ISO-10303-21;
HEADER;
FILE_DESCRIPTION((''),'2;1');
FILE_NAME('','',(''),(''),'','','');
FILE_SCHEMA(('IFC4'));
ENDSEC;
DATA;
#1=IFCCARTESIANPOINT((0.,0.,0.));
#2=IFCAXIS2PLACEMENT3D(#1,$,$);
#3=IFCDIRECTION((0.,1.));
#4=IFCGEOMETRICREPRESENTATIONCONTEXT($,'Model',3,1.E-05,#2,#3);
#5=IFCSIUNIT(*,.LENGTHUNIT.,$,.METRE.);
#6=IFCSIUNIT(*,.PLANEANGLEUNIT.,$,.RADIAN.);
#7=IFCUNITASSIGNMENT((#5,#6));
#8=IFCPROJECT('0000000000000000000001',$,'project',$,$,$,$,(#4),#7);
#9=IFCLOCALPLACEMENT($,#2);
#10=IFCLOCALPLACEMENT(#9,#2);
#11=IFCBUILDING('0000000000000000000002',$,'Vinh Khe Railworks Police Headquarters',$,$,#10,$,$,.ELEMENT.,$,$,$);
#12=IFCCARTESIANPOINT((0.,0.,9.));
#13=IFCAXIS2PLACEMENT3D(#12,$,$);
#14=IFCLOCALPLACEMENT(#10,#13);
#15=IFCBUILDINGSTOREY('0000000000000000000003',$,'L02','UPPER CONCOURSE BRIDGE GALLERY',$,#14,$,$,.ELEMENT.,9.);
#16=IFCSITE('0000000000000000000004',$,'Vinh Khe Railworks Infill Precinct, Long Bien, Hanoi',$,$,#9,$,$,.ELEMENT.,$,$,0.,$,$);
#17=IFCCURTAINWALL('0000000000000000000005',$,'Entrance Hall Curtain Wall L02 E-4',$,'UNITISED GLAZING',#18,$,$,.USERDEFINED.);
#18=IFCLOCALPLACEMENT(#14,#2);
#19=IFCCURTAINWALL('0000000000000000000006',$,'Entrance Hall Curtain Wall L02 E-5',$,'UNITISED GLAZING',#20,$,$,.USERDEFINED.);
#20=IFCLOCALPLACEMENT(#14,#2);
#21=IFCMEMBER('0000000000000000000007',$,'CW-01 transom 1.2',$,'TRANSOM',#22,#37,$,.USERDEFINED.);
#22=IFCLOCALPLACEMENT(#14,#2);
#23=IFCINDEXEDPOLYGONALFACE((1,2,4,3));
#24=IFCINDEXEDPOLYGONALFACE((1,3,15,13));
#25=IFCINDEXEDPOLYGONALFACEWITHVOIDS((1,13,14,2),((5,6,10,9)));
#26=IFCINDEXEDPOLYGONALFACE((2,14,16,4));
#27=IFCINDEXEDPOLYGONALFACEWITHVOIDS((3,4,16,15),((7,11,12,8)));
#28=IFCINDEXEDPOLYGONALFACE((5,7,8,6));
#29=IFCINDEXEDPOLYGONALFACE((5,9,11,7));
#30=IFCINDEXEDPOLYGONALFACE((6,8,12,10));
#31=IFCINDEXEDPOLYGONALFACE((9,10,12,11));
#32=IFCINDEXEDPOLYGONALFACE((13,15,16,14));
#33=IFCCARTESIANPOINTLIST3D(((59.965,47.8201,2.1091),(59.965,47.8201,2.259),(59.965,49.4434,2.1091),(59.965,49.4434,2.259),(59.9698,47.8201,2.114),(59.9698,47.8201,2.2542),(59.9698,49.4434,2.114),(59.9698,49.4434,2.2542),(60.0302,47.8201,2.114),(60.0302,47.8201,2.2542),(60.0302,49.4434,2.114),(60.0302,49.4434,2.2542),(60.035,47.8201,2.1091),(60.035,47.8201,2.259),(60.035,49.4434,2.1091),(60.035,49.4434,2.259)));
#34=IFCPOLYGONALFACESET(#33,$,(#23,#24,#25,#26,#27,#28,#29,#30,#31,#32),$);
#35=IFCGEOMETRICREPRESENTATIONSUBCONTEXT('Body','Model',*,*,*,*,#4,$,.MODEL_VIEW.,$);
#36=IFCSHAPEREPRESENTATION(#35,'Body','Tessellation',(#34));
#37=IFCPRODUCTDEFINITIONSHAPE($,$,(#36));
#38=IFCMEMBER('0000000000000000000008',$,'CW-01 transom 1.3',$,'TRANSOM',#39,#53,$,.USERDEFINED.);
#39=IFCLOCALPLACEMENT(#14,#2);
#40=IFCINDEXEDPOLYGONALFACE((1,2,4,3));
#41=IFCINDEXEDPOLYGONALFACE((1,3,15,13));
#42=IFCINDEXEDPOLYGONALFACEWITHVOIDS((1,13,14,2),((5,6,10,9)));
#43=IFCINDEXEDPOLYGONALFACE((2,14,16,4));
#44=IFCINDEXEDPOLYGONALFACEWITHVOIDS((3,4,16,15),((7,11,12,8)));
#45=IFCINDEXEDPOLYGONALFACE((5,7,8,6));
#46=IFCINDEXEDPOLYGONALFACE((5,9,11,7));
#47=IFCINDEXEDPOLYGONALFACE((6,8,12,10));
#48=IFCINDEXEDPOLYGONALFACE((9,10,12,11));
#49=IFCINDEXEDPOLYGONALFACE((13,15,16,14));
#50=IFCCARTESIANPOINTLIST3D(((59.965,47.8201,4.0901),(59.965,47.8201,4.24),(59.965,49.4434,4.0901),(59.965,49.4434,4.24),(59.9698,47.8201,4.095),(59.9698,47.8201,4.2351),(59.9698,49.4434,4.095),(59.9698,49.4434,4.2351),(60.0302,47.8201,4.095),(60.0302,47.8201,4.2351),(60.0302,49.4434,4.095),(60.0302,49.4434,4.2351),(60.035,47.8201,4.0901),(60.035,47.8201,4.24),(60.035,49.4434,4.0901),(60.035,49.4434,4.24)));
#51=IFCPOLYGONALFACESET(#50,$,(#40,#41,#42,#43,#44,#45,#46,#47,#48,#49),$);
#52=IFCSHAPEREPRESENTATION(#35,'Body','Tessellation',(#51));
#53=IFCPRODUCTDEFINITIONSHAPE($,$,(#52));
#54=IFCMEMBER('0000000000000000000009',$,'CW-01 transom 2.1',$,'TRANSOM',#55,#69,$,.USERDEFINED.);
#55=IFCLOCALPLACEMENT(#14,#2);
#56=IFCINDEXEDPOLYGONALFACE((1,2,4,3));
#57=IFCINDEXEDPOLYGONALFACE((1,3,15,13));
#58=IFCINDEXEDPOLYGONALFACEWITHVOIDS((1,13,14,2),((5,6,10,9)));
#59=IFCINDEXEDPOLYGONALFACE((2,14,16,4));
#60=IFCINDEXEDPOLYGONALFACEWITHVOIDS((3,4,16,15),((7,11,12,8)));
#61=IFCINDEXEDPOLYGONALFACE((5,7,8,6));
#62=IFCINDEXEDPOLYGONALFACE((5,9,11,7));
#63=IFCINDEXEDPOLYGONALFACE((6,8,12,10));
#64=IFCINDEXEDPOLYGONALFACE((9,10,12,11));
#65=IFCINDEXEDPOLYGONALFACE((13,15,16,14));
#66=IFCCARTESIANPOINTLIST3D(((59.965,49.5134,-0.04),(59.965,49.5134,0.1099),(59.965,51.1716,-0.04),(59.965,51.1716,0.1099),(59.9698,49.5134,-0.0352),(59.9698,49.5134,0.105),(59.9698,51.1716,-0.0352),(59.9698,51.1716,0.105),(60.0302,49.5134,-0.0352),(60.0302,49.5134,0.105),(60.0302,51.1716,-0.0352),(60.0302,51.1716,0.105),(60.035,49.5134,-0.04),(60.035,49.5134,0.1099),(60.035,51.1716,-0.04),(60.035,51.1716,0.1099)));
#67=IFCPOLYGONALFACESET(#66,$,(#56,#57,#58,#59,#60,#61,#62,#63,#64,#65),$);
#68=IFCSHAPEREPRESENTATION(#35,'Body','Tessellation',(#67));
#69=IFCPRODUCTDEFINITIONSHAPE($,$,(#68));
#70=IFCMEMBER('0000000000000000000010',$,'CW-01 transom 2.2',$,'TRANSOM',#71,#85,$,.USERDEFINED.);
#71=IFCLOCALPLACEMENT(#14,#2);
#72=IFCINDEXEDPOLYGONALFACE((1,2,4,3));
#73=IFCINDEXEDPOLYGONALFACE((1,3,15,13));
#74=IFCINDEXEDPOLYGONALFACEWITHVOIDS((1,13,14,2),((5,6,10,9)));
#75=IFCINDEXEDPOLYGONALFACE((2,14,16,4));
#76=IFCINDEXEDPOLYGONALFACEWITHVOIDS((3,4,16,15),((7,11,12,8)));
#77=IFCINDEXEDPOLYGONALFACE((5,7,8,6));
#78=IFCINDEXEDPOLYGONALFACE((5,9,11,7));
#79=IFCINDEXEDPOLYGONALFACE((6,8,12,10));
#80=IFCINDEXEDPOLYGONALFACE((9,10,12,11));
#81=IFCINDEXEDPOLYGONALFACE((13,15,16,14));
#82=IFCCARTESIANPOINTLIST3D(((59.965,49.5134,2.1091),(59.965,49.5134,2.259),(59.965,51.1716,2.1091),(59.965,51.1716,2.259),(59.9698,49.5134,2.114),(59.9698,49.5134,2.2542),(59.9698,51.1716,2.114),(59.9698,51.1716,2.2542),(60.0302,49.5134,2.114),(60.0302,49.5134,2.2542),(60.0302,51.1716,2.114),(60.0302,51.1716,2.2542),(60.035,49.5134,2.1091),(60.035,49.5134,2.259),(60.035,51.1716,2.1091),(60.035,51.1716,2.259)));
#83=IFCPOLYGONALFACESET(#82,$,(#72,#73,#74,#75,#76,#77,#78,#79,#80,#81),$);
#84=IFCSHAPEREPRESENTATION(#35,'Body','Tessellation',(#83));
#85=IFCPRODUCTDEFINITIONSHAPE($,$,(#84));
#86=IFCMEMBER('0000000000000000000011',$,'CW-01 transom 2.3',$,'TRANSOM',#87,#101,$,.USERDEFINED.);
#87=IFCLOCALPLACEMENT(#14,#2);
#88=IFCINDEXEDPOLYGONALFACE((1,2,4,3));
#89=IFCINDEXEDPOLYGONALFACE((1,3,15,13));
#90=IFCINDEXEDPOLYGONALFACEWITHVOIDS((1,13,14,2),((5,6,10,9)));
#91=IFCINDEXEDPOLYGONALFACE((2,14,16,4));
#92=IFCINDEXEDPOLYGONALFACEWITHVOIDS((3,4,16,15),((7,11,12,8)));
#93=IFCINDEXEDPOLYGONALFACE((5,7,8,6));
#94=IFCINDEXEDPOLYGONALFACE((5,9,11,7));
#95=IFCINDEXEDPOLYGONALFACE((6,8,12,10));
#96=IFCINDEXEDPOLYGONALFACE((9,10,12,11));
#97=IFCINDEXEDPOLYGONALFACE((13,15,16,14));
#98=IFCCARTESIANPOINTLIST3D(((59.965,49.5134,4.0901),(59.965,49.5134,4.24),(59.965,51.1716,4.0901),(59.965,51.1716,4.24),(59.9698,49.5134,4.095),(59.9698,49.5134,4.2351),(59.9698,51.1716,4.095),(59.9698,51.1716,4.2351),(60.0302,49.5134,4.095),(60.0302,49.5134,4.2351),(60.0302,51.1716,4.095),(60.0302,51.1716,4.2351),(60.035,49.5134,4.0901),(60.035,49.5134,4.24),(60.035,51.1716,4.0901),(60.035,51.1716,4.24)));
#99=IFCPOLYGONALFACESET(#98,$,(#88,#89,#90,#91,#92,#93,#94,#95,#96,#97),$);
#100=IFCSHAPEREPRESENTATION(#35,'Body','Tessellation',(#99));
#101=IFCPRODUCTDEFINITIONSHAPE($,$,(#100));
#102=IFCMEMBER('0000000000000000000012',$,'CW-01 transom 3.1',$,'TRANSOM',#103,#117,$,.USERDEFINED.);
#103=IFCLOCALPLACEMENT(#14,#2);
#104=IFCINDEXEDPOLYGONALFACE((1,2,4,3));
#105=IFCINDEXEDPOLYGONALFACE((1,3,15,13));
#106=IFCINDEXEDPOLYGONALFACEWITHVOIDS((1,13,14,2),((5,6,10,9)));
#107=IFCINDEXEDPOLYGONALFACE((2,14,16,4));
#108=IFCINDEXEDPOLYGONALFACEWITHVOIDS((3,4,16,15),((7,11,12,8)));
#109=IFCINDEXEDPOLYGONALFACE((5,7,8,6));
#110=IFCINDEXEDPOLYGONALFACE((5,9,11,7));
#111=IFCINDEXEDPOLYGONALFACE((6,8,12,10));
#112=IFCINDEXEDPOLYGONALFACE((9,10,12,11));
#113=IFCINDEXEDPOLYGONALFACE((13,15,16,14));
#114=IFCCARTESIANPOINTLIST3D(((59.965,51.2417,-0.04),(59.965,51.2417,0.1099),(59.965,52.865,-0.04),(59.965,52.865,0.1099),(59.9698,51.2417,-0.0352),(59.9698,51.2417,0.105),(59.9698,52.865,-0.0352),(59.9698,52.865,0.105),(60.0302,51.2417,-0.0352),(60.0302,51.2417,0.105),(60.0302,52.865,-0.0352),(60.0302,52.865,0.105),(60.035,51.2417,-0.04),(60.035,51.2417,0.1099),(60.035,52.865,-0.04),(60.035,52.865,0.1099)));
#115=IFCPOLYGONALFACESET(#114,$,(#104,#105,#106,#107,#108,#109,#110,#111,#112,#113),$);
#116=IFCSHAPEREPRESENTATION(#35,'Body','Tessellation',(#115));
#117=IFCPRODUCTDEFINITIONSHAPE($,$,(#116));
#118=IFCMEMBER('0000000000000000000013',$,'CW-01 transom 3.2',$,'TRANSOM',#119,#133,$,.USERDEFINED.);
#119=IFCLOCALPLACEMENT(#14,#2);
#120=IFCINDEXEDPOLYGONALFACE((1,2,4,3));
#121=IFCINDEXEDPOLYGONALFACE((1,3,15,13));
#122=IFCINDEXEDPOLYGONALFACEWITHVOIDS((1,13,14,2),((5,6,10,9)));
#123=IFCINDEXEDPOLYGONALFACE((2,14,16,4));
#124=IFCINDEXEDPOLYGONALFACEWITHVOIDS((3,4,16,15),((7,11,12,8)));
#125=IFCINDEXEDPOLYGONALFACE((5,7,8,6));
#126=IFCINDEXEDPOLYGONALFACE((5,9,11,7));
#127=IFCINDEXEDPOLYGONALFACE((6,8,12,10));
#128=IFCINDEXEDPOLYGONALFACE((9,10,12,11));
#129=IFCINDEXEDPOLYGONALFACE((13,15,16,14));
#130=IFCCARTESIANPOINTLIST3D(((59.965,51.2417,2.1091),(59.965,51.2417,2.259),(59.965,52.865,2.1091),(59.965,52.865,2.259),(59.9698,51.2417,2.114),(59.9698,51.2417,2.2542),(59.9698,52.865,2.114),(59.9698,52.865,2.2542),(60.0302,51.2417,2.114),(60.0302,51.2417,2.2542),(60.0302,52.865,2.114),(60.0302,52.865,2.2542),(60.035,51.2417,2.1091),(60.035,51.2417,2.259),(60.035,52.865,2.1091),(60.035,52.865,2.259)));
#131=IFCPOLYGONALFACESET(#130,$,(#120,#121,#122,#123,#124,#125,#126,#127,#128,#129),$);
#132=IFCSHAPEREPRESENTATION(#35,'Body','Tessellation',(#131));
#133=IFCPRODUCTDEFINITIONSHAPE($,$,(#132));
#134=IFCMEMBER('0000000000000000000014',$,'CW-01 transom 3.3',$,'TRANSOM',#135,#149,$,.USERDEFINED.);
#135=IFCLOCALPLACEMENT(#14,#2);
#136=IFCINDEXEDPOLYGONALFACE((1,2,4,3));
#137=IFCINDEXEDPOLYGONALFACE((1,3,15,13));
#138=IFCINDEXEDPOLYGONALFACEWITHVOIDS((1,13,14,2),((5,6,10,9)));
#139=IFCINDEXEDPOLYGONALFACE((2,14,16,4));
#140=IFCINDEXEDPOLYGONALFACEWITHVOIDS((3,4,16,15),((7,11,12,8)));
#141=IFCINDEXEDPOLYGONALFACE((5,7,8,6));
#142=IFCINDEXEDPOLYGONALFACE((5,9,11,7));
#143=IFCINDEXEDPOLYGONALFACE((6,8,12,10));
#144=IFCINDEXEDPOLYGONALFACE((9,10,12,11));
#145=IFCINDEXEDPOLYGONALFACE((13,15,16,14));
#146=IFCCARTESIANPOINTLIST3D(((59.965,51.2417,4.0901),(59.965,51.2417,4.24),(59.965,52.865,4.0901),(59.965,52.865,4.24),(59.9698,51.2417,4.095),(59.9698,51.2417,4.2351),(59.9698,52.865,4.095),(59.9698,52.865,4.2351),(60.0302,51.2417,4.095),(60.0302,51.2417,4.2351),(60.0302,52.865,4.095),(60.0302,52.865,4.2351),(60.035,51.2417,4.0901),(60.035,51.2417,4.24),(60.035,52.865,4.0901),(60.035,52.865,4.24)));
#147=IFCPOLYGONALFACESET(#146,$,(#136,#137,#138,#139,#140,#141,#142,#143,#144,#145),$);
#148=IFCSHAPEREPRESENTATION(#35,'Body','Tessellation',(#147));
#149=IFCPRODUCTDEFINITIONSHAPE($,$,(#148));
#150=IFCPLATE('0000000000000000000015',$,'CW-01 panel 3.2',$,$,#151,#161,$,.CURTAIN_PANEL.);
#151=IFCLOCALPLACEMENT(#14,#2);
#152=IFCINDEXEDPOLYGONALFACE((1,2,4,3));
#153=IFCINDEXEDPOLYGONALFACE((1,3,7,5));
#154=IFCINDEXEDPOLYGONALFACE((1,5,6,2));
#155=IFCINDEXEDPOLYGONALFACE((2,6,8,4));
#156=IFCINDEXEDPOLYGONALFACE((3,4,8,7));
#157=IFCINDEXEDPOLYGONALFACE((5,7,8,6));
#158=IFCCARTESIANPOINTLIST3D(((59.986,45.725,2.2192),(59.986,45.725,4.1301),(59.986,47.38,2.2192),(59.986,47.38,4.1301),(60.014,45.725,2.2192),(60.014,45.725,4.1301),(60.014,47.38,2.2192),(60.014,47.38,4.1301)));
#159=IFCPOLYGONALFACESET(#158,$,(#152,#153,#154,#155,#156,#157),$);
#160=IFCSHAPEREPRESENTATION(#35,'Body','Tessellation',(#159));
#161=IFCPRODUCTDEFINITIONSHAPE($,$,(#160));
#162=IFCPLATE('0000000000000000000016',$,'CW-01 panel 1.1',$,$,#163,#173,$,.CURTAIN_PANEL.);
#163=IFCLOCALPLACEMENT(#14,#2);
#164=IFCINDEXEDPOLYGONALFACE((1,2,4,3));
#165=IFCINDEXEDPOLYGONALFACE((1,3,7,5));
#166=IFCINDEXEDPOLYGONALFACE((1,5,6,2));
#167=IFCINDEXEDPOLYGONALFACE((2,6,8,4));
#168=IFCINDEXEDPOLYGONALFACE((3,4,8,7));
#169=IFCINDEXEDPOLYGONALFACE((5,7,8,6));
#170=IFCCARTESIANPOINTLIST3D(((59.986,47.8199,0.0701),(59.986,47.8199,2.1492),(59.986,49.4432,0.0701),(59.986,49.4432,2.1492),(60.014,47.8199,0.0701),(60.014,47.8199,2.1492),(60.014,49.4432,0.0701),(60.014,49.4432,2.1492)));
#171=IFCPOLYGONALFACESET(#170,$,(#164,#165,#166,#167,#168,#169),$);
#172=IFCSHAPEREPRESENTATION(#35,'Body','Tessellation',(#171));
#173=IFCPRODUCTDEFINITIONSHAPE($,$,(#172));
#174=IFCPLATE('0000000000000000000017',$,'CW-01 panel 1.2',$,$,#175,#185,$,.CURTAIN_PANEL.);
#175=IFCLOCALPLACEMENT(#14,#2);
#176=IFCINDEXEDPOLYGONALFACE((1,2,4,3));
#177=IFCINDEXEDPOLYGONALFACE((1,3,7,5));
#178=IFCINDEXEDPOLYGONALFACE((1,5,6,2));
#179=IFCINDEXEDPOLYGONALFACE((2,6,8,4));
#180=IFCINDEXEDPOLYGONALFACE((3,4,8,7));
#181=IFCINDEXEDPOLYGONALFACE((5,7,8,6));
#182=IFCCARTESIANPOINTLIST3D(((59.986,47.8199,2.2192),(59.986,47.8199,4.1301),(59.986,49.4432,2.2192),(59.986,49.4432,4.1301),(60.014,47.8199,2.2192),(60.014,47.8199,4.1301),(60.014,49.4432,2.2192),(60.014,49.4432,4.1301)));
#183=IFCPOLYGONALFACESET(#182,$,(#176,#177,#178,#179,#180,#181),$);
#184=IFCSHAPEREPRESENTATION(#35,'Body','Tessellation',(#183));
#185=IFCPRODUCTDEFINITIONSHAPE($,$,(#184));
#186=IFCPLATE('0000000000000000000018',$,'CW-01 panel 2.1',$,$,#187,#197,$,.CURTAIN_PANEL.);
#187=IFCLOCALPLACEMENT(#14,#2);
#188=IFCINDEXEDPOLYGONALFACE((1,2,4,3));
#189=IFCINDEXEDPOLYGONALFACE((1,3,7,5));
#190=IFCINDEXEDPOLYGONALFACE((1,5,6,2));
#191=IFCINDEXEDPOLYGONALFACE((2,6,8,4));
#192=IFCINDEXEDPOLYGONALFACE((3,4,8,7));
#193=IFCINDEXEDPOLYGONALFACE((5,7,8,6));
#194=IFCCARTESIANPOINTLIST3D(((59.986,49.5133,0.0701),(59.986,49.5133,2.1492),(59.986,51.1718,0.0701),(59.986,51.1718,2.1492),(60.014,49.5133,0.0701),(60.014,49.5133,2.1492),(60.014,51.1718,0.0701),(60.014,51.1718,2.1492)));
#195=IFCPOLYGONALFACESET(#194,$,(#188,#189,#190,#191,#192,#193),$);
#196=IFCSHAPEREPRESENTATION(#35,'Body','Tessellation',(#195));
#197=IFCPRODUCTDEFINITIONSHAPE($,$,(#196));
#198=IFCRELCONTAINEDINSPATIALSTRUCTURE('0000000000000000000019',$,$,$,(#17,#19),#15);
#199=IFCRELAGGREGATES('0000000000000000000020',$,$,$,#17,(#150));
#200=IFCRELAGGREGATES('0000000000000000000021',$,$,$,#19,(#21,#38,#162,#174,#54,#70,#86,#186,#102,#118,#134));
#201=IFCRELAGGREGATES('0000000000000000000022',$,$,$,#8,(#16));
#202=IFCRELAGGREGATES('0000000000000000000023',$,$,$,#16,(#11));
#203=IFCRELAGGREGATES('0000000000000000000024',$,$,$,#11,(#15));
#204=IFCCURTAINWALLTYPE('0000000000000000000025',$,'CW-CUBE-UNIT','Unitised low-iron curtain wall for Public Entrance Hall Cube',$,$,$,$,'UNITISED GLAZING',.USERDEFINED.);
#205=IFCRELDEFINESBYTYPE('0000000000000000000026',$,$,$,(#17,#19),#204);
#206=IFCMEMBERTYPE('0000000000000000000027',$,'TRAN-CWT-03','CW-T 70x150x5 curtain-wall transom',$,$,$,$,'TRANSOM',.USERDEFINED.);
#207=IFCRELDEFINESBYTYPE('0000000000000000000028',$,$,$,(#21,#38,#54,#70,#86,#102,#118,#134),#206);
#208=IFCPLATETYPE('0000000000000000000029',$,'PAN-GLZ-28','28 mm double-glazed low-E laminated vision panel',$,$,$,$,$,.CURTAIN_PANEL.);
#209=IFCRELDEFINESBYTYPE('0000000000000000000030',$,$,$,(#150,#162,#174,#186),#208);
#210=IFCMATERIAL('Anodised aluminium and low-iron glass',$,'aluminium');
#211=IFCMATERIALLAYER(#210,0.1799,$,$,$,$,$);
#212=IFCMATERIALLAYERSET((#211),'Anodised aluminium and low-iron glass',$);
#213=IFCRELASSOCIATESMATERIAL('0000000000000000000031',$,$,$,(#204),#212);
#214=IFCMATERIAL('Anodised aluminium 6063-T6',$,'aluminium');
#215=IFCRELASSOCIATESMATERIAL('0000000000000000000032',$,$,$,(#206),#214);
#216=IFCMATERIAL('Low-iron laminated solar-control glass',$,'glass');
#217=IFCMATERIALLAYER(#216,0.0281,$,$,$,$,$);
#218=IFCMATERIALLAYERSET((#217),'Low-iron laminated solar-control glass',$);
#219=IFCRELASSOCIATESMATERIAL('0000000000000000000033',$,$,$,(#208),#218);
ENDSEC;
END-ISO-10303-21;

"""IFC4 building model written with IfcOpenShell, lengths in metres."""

from ifc_helpers import new_model, si_unit, direction, frame, origin, origin_2d, place, context, subcontext, project, spatial, rectangle, hollow_rectangle, extrude, material, layer, layer_set, material_profile, profile_set, type_object, element, aggregate, save


model = new_model("IFC4")

# Units and contexts
model_context = context("Model", 3, precision=1e-05, world=origin(), true_north=direction((0.0, 1.0)))
body_context = subcontext(model_context, "Body", "Model", "MODEL_VIEW")
ifc_project = project(units=[si_unit("LENGTHUNIT", "METRE"), si_unit("PLANEANGLEUNIT", "RADIAN")], contexts=[model_context])

# Site, building, storey
site_placement = place(None, origin())
site = spatial("IfcSite", under=ifc_project, at=site_placement, Name="Vinh Khe Railworks Infill Precinct, Long Bien, Hanoi", CompositionType="ELEMENT", RefElevation=0.0)
building_placement = place(site_placement, origin())
building = spatial("IfcBuilding", under=site, at=building_placement, Name="Vinh Khe Railworks Police Headquarters", CompositionType="ELEMENT")
storey_placement = place(building_placement, frame((0.0, 0.0, 9.0)))
storey = spatial("IfcBuildingStorey", under=building, at=storey_placement, Name="L02", Description="UPPER CONCOURSE BRIDGE GALLERY", CompositionType="ELEMENT", Elevation=9.0)

# Curtain wall
ifc_material_1 = material(Name="Anodised aluminium and low-iron glass", Category="aluminium")
ifc_layer_1 = layer(ifc_material_1, 0.1799)
ifc_layer_set_1 = layer_set([ifc_layer_1], Name="Anodised aluminium and low-iron glass")
curtain_wall_type = type_object("IfcCurtainWallType", Name="CW-CUBE-UNIT", Description="Unitised low-iron curtain wall for Public Entrance Hall Cube", ElementType="UNITISED GLAZING", PredefinedType="USERDEFINED", material=ifc_layer_set_1)
curtain_wall_1_placement = place(storey_placement, origin())
curtain_wall_1 = element("IfcCurtainWall", 1, at=curtain_wall_1_placement, inside=storey, type_object=curtain_wall_type, Name="Entrance Hall Curtain Wall L02 E-4", ObjectType="UNITISED GLAZING", PredefinedType="USERDEFINED")
ifc_material_2 = material(Name="Anodised aluminium 6063-T6", Category="aluminium")

# Curtain wall
curtain_wall_2_placement = place(storey_placement, origin())
curtain_wall_2 = element("IfcCurtainWall", 2, at=curtain_wall_2_placement, inside=storey, type_object=curtain_wall_type, Name="Entrance Hall Curtain Wall L02 E-5", ObjectType="UNITISED GLAZING", PredefinedType="USERDEFINED")

# Members
ifc_material_profile_1 = material_profile(ifc_material_2, hollow_rectangle(XDim=0.0701, YDim=0.1499, WallThickness=0.0049, at=origin_2d()), Name="CW-T 70x150x5")
ifc_profile_set_1 = profile_set([ifc_material_profile_1], Name="Anodised aluminium 6063-T6")
member_type_1 = type_object("IfcMemberType", Name="TRAN-CWT-03", Description="CW-T 70x150x5 curtain-wall transom", ElementType="TRANSOM", PredefinedType="USERDEFINED", material=ifc_profile_set_1)
member_1_placement = place(storey_placement, frame((60.0, 47.8201, 2.1841), z_axis=(0.0, 1.0, 0.0), x_axis=(-1.0, 0.0, 0.0)))
member_1 = element("IfcMember", 3, at=member_1_placement, type_object=member_type_1, Name="CW-01 transom 1.2", ObjectType="TRANSOM", PredefinedType="USERDEFINED", context=body_context, shape_type="SweptSolid", body=[
    extrude(hollow_rectangle(XDim=0.0701, YDim=0.1499, WallThickness=0.0049, at=origin_2d()), origin(), (0.0, 0.0, 1.0), 1.6233),
])
member_2_placement = place(storey_placement, frame((60.0, 47.8201, 4.165), z_axis=(0.0, 1.0, 0.0), x_axis=(-1.0, 0.0, 0.0)))
member_2 = element("IfcMember", 4, at=member_2_placement, type_object=member_type_1, Name="CW-01 transom 1.3", ObjectType="TRANSOM", PredefinedType="USERDEFINED", context=body_context, shape_type="SweptSolid", body=[
    extrude(hollow_rectangle(XDim=0.0701, YDim=0.1499, WallThickness=0.0049, at=origin_2d()), origin(), (0.0, 0.0, 1.0), 1.6233),
])
member_3_placement = place(storey_placement, frame((60.0, 49.5134, 0.0349), z_axis=(0.0, 1.0, 0.0), x_axis=(-1.0, 0.0, 0.0)))
member_3 = element("IfcMember", 5, at=member_3_placement, type_object=member_type_1, Name="CW-01 transom 2.1", ObjectType="TRANSOM", PredefinedType="USERDEFINED", context=body_context, shape_type="SweptSolid", body=[
    extrude(hollow_rectangle(XDim=0.0701, YDim=0.1499, WallThickness=0.0049, at=origin_2d()), origin(), (0.0, 0.0, 1.0), 1.6582),
])
member_4_placement = place(storey_placement, frame((60.0, 49.5134, 2.1841), z_axis=(0.0, 1.0, 0.0), x_axis=(-1.0, 0.0, 0.0)))
member_4 = element("IfcMember", 6, at=member_4_placement, type_object=member_type_1, Name="CW-01 transom 2.2", ObjectType="TRANSOM", PredefinedType="USERDEFINED", context=body_context, shape_type="SweptSolid", body=[
    extrude(hollow_rectangle(XDim=0.0701, YDim=0.1499, WallThickness=0.0049, at=origin_2d()), origin(), (0.0, 0.0, 1.0), 1.6582),
])
member_5_placement = place(storey_placement, frame((60.0, 49.5134, 4.165), z_axis=(0.0, 1.0, 0.0), x_axis=(-1.0, 0.0, 0.0)))
member_5 = element("IfcMember", 7, at=member_5_placement, type_object=member_type_1, Name="CW-01 transom 2.3", ObjectType="TRANSOM", PredefinedType="USERDEFINED", context=body_context, shape_type="SweptSolid", body=[
    extrude(hollow_rectangle(XDim=0.0701, YDim=0.1499, WallThickness=0.0049, at=origin_2d()), origin(), (0.0, 0.0, 1.0), 1.6582),
])
member_6_placement = place(storey_placement, frame((60.0, 51.2417, 0.0349), z_axis=(0.0, 1.0, 0.0), x_axis=(-1.0, 0.0, 0.0)))
member_6 = element("IfcMember", 8, at=member_6_placement, type_object=member_type_1, Name="CW-01 transom 3.1", ObjectType="TRANSOM", PredefinedType="USERDEFINED", context=body_context, shape_type="SweptSolid", body=[
    extrude(hollow_rectangle(XDim=0.0701, YDim=0.1499, WallThickness=0.0049, at=origin_2d()), origin(), (0.0, 0.0, 1.0), 1.6233),
])
member_7_placement = place(storey_placement, frame((60.0, 51.2417, 2.1841), z_axis=(0.0, 1.0, 0.0), x_axis=(-1.0, 0.0, 0.0)))
member_7 = element("IfcMember", 9, at=member_7_placement, type_object=member_type_1, Name="CW-01 transom 3.2", ObjectType="TRANSOM", PredefinedType="USERDEFINED", context=body_context, shape_type="SweptSolid", body=[
    extrude(hollow_rectangle(XDim=0.0701, YDim=0.1499, WallThickness=0.0049, at=origin_2d()), origin(), (0.0, 0.0, 1.0), 1.6233),
])
member_8_placement = place(storey_placement, frame((60.0, 51.2417, 4.165), z_axis=(0.0, 1.0, 0.0), x_axis=(-1.0, 0.0, 0.0)))
member_8 = element("IfcMember", 10, at=member_8_placement, type_object=member_type_1, Name="CW-01 transom 3.3", ObjectType="TRANSOM", PredefinedType="USERDEFINED", context=body_context, shape_type="SweptSolid", body=[
    extrude(hollow_rectangle(XDim=0.0701, YDim=0.1499, WallThickness=0.0049, at=origin_2d()), origin(), (0.0, 0.0, 1.0), 1.6233),
])

# Plates
ifc_material_3 = material(Name="Low-iron laminated solar-control glass", Category="glass")
ifc_layer_2 = layer(ifc_material_3, 0.0281)
ifc_layer_set_2 = layer_set([ifc_layer_2], Name="Low-iron laminated solar-control glass")
plate_type = type_object("IfcPlateType", Name="PAN-GLZ-28", Description="28 mm double-glazed low-E laminated vision panel", PredefinedType="CURTAIN_PANEL", material=ifc_layer_set_2)
plate_1_placement = place(storey_placement, frame((60.0, 46.5525, 2.2192), z_axis=(0.0, 0.0, 1.0), x_axis=(0.0, 1.0, 0.0)))
plate_1 = element("IfcPlate", 11, at=plate_1_placement, type_object=plate_type, Name="CW-01 panel 3.2", PredefinedType="CURTAIN_PANEL", context=body_context, shape_type="SweptSolid", body=[
    extrude(rectangle(XDim=1.655, YDim=0.0281, at=origin_2d()), origin(), (0.0, 0.0, 1.0), 1.9109),
])
aggregate(curtain_wall_1, [plate_1])
plate_2_placement = place(storey_placement, frame((60.0, 48.6316, 0.0701), z_axis=(0.0, 0.0, 1.0), x_axis=(0.0, 1.0, 0.0)))
plate_2 = element("IfcPlate", 12, at=plate_2_placement, type_object=plate_type, Name="CW-01 panel 1.1", PredefinedType="CURTAIN_PANEL", context=body_context, shape_type="SweptSolid", body=[
    extrude(rectangle(XDim=1.6233, YDim=0.0281, at=origin_2d()), origin(), (0.0, 0.0, 1.0), 2.0791),
])
plate_3_placement = place(storey_placement, frame((60.0, 48.6316, 2.2192), z_axis=(0.0, 0.0, 1.0), x_axis=(0.0, 1.0, 0.0)))
plate_3 = element("IfcPlate", 13, at=plate_3_placement, type_object=plate_type, Name="CW-01 panel 1.2", PredefinedType="CURTAIN_PANEL", context=body_context, shape_type="SweptSolid", body=[
    extrude(rectangle(XDim=1.6233, YDim=0.0281, at=origin_2d()), origin(), (0.0, 0.0, 1.0), 1.9109),
])
plate_4_placement = place(storey_placement, frame((60.0, 50.3425, 0.0701), z_axis=(0.0, 0.0, 1.0), x_axis=(0.0, 1.0, 0.0)))
plate_4 = element("IfcPlate", 14, at=plate_4_placement, type_object=plate_type, Name="CW-01 panel 2.1", PredefinedType="CURTAIN_PANEL", context=body_context, shape_type="SweptSolid", body=[
    extrude(rectangle(XDim=1.6584, YDim=0.0281, at=origin_2d()), origin(), (0.0, 0.0, 1.0), 2.0791),
])
aggregate(curtain_wall_2, [member_1, member_2, plate_2, plate_3, member_3, member_4, member_5, plate_4, member_6, member_7, member_8])

save(model, "model.ifc")
